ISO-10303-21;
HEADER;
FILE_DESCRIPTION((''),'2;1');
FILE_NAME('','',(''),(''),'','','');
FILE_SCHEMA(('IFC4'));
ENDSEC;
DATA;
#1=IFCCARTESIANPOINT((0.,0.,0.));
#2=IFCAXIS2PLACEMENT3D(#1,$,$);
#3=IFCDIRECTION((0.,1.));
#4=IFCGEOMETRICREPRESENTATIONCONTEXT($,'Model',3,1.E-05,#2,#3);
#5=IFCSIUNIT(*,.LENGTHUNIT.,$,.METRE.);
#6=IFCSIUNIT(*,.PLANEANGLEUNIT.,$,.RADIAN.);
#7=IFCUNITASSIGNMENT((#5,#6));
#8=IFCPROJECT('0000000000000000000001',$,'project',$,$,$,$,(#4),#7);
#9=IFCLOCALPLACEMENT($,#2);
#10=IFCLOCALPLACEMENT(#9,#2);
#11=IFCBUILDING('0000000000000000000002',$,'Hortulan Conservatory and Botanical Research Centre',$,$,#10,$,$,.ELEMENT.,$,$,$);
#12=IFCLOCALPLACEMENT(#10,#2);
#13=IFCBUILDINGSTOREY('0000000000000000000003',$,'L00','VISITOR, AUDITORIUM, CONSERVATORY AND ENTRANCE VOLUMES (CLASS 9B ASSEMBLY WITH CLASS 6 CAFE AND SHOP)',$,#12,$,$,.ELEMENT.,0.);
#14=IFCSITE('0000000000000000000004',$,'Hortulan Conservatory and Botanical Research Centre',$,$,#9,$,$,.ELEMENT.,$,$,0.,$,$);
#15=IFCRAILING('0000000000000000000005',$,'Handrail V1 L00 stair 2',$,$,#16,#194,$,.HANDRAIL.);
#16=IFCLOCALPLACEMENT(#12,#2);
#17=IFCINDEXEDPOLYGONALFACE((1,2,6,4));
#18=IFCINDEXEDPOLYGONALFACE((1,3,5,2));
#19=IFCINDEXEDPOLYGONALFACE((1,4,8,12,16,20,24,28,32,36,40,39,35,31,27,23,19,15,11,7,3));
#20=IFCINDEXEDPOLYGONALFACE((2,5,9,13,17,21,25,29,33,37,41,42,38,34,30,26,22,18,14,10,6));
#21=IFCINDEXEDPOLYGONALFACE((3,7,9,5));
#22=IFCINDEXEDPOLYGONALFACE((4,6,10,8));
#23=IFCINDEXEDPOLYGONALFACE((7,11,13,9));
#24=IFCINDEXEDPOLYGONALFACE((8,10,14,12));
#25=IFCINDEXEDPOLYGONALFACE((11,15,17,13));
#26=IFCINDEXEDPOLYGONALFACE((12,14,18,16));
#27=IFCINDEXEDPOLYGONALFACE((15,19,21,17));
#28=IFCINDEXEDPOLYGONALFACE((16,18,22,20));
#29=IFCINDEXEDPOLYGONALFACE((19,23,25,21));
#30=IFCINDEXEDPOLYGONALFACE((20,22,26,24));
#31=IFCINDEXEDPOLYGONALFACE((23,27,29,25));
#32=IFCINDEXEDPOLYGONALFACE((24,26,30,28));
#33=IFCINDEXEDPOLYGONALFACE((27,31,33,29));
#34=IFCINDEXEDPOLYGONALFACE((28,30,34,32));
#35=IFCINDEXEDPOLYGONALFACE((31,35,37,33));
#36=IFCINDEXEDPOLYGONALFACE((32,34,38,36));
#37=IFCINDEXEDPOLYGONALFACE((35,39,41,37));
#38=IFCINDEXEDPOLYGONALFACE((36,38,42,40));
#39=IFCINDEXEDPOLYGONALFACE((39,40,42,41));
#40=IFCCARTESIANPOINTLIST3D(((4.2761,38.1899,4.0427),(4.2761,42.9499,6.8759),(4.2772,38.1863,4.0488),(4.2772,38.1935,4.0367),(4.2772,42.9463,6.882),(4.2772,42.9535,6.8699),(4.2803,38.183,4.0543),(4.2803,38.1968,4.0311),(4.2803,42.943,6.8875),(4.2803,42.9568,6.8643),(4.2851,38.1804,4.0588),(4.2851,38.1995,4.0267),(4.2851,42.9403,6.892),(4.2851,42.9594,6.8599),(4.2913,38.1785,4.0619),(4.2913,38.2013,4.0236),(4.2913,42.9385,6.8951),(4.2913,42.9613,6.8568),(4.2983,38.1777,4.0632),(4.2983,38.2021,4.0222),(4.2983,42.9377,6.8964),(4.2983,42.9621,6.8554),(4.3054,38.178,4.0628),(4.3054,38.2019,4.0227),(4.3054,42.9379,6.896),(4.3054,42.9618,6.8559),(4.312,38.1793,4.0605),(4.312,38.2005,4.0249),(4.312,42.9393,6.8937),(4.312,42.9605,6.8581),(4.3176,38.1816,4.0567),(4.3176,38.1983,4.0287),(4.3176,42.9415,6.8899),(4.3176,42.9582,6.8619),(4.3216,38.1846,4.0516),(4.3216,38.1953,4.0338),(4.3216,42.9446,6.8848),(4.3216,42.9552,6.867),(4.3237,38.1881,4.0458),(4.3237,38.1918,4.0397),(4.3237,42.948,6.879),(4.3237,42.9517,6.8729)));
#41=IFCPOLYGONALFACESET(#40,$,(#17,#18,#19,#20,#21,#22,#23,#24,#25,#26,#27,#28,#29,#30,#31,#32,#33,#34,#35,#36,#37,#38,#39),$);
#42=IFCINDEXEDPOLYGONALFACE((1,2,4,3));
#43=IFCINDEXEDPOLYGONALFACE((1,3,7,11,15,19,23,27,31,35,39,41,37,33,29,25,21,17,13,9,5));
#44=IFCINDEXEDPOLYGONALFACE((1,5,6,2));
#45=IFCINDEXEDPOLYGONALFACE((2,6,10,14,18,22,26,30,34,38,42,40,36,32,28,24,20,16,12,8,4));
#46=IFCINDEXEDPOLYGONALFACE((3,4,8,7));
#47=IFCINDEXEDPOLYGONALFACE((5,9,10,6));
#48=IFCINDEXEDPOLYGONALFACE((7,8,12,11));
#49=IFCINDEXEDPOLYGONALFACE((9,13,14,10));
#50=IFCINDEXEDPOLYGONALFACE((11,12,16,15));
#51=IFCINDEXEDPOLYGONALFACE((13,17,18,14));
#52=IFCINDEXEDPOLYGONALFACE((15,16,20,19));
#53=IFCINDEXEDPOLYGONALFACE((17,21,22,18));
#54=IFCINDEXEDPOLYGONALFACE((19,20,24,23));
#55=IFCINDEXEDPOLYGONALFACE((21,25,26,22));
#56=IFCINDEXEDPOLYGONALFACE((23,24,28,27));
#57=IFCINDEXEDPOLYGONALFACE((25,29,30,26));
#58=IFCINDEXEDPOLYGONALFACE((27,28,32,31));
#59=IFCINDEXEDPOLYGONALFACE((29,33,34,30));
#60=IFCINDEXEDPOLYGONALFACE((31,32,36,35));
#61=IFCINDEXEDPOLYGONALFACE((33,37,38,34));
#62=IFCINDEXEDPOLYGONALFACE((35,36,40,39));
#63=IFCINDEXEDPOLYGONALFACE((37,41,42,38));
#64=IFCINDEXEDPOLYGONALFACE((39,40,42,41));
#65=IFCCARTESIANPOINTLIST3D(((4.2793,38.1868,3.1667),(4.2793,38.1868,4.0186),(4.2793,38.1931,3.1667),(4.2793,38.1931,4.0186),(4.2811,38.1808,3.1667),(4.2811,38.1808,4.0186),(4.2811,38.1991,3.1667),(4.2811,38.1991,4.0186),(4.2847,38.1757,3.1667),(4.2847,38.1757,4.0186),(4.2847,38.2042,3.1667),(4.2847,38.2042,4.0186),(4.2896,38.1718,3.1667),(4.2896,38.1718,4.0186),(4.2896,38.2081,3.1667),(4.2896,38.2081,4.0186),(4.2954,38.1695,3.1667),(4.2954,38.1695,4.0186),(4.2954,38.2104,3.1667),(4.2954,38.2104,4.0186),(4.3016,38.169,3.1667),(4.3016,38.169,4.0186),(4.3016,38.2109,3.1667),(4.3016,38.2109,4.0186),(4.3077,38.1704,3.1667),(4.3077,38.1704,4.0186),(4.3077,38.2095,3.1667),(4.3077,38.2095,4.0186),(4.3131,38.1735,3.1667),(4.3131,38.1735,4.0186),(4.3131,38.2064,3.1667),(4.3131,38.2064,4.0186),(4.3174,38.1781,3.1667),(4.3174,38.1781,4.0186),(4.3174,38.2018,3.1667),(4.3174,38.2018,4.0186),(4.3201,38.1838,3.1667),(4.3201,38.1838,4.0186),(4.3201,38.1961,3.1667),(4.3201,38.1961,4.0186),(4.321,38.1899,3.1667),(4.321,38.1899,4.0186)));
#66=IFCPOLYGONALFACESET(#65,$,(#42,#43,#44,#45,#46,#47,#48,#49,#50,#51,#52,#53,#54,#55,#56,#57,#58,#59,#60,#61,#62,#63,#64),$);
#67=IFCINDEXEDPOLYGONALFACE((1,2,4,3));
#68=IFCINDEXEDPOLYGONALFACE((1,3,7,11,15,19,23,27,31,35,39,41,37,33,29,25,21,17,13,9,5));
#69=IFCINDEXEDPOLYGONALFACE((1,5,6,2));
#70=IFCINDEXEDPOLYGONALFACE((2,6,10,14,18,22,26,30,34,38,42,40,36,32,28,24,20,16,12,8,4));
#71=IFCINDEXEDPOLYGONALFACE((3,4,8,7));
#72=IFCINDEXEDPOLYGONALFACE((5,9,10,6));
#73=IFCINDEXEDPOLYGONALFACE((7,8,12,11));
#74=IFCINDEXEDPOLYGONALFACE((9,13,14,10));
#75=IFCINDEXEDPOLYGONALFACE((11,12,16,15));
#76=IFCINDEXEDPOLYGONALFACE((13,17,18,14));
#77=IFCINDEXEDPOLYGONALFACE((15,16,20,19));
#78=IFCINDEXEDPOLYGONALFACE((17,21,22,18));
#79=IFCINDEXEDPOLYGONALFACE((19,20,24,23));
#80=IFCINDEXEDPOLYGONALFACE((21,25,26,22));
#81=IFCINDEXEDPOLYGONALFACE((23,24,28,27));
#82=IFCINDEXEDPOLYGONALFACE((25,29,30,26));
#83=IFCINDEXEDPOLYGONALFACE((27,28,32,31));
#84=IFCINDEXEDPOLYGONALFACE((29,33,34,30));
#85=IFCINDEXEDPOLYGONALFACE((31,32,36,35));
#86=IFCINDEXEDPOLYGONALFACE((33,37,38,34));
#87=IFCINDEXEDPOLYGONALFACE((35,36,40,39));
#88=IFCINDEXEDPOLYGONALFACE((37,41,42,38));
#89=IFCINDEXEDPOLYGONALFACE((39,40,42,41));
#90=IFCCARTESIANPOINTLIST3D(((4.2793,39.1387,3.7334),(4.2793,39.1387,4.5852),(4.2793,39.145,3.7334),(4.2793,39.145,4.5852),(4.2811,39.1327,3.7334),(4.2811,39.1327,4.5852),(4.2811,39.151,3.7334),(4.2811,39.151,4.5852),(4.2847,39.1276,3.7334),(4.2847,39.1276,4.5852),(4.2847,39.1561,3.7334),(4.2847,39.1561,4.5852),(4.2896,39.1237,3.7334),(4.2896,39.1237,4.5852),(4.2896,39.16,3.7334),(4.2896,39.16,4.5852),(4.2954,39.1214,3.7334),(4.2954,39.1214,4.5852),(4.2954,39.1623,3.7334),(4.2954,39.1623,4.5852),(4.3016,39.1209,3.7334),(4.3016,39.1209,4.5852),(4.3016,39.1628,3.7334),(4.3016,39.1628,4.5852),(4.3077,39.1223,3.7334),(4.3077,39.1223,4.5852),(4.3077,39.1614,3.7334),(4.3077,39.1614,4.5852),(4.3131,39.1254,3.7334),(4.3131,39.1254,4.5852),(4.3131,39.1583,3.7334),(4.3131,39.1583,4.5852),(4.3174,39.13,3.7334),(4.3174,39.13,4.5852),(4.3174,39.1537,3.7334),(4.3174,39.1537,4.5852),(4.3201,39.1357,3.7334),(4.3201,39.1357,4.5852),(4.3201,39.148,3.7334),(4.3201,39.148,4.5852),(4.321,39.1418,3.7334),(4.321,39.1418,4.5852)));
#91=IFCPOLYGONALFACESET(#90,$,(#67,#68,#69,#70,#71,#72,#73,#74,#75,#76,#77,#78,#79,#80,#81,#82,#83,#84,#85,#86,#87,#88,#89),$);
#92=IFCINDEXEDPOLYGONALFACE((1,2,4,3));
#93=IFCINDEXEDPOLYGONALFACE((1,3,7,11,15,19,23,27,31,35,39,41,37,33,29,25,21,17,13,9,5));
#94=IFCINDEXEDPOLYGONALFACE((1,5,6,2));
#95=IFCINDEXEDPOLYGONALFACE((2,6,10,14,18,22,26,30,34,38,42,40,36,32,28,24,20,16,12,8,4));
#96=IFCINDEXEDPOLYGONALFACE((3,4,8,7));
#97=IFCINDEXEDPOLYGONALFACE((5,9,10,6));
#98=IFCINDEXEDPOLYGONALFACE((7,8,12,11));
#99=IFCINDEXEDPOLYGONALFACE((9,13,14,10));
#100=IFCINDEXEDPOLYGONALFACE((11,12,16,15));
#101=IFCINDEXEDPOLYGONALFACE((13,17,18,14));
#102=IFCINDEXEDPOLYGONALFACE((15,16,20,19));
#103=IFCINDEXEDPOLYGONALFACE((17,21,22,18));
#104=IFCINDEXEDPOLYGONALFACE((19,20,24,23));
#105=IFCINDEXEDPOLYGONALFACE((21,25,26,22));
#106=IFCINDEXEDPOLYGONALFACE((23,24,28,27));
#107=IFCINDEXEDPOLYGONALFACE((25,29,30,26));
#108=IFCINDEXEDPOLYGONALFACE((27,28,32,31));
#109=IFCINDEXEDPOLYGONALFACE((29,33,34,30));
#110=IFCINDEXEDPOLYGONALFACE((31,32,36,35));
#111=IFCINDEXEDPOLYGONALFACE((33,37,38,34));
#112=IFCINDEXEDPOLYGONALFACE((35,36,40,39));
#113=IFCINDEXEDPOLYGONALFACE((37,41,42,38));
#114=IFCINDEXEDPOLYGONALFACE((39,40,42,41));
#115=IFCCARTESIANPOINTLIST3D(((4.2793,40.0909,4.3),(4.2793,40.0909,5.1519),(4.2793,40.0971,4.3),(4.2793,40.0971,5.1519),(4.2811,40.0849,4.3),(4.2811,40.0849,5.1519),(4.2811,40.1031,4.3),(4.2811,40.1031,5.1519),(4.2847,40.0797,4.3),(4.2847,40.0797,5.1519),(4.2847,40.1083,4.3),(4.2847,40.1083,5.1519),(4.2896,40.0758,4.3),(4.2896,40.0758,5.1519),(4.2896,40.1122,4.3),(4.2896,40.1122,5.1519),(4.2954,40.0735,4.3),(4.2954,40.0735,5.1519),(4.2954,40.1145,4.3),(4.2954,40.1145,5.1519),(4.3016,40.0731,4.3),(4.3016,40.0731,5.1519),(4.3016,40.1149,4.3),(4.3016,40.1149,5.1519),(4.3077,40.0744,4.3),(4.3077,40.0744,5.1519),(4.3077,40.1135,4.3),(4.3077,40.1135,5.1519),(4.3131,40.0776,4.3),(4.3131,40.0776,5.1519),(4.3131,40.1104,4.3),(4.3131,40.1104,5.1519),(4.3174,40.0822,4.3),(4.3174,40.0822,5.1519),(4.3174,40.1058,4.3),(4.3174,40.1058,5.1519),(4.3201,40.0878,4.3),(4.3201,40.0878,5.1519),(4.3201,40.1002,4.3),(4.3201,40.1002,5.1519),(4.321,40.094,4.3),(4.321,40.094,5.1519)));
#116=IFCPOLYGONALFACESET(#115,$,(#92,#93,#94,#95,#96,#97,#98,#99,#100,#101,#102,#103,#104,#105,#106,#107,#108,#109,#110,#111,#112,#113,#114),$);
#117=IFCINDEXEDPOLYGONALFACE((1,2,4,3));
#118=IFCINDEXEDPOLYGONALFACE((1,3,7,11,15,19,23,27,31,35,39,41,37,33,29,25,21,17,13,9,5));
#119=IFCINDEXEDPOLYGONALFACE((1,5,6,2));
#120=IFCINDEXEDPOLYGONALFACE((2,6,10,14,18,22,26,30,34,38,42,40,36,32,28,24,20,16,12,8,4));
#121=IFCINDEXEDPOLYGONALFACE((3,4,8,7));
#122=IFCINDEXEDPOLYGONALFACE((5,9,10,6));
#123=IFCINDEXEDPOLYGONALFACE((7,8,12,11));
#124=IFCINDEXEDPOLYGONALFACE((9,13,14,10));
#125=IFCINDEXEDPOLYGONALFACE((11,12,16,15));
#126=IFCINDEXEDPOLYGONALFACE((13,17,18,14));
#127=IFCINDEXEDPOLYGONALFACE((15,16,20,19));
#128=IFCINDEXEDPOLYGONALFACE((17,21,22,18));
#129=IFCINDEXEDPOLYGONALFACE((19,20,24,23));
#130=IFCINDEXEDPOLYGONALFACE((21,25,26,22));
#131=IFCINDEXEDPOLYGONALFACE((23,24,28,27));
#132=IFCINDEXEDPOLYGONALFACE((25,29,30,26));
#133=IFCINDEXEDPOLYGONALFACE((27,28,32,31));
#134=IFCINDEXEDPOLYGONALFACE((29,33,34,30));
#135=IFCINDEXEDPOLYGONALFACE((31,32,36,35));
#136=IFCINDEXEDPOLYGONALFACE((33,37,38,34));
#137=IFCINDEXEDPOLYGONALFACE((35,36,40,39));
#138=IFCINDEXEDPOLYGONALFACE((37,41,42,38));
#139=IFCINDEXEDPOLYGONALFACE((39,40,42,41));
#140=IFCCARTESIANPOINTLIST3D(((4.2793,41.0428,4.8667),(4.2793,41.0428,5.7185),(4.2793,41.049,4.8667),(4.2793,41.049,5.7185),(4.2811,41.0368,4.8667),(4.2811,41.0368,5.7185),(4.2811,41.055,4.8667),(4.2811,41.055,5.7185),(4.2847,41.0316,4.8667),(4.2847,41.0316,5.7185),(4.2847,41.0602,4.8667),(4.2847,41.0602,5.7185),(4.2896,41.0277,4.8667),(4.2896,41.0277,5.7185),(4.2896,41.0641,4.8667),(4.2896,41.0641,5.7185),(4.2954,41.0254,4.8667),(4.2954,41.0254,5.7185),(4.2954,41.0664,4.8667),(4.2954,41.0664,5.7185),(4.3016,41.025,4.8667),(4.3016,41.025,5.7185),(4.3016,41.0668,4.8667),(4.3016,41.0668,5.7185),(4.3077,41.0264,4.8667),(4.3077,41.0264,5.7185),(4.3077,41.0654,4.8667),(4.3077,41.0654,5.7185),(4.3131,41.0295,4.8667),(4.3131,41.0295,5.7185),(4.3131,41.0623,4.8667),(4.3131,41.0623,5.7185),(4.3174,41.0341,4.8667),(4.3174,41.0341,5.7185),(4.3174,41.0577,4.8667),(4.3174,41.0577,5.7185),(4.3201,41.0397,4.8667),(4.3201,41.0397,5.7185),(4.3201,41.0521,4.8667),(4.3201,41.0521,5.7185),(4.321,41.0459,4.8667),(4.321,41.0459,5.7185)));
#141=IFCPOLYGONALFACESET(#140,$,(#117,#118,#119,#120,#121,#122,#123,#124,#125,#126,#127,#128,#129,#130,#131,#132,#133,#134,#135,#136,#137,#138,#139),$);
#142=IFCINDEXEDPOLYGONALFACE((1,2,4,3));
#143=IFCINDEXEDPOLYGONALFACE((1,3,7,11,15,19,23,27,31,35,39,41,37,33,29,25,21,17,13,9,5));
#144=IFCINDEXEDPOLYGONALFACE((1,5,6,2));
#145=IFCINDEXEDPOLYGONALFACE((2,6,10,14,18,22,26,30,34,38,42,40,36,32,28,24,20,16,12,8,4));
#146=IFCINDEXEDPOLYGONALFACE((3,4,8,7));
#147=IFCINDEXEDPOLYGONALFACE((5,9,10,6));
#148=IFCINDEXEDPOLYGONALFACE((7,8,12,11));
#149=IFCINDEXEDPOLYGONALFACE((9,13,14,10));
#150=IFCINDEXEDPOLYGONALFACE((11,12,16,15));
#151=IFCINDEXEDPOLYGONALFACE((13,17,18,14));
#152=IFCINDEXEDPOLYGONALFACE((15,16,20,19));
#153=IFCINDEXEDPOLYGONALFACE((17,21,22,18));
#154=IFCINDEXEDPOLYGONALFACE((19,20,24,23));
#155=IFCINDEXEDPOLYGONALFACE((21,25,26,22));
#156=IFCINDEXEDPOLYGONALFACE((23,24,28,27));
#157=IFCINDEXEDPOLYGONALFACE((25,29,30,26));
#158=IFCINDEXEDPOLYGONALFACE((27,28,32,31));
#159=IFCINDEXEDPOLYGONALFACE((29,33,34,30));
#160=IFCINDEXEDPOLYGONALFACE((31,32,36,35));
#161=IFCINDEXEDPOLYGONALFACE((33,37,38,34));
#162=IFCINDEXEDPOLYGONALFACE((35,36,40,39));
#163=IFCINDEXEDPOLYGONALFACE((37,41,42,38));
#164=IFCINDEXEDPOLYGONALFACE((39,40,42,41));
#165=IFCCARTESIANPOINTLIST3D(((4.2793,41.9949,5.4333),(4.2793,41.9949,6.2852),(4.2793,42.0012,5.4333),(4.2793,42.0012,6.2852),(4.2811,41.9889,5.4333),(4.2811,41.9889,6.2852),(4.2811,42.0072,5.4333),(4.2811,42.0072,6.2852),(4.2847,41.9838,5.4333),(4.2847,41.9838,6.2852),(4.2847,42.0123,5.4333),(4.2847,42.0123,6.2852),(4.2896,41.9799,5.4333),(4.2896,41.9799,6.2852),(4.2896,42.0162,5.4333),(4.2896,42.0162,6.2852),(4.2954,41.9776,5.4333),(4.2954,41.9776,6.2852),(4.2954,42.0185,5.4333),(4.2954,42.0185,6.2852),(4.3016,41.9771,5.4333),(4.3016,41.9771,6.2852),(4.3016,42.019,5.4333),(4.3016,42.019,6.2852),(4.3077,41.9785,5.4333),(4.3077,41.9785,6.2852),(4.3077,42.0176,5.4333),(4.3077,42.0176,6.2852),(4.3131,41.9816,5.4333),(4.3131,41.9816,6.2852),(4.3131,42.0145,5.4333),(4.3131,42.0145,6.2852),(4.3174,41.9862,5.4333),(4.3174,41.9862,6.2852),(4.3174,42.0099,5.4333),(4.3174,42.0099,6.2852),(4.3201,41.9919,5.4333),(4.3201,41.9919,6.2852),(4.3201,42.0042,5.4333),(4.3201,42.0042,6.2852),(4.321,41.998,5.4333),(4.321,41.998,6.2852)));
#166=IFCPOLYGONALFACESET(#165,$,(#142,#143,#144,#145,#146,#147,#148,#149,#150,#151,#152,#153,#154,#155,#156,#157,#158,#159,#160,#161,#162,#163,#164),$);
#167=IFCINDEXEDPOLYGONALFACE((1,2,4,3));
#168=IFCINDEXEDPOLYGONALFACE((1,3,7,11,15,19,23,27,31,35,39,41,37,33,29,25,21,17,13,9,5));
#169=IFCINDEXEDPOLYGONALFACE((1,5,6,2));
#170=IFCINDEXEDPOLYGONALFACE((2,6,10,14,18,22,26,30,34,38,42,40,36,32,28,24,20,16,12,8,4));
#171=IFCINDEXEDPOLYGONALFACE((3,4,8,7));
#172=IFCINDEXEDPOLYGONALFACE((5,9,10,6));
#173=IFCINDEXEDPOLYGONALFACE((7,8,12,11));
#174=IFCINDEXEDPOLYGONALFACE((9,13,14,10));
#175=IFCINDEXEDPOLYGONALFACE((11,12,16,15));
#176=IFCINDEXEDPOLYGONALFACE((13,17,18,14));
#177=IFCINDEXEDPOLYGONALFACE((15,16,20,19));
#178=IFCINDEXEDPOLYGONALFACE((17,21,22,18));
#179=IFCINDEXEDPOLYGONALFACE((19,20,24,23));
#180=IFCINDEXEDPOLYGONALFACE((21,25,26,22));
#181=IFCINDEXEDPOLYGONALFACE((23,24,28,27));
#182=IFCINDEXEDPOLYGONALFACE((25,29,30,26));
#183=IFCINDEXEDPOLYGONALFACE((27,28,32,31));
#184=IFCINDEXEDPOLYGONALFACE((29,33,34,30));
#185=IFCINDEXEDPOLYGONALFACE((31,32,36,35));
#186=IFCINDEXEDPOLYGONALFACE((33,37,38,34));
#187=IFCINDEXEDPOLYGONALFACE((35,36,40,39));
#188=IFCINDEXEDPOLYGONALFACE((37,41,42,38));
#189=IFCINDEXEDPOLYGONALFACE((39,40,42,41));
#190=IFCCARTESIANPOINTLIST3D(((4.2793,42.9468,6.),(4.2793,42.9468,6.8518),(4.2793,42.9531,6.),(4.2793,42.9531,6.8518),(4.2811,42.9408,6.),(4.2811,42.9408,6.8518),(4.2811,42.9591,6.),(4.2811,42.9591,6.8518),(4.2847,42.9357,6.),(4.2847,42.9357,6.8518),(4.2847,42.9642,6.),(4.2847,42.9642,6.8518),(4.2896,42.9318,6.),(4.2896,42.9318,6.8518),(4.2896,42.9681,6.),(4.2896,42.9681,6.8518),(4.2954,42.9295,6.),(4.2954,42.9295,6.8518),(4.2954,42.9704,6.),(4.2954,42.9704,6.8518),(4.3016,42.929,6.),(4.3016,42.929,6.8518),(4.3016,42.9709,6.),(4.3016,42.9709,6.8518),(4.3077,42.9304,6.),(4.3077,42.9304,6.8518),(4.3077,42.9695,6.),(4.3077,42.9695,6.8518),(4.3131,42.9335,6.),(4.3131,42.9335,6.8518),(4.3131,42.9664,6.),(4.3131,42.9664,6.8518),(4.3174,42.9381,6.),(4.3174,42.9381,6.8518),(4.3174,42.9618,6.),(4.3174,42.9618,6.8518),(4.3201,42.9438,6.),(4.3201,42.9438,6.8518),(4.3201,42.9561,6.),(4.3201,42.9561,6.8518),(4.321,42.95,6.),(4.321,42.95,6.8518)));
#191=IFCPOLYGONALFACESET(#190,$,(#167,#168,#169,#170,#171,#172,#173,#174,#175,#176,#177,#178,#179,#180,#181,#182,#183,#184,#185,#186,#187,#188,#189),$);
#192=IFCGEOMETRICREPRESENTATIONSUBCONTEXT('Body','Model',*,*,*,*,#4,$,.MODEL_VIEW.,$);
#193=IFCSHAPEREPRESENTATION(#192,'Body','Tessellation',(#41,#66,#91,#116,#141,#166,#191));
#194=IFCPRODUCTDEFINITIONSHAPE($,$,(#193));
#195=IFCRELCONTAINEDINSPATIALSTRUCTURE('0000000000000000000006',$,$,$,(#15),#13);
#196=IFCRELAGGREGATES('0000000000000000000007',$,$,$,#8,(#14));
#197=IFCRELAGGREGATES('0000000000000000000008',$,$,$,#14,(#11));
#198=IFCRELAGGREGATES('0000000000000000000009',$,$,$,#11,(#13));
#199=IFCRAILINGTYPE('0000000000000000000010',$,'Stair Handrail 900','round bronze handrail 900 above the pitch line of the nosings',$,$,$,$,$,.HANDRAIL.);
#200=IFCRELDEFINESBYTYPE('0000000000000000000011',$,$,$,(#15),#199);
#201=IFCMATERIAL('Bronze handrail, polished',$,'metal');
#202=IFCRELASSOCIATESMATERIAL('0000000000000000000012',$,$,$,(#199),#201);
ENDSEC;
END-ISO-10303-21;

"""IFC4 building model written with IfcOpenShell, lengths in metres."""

from ifc_helpers import new_model, si_unit, direction, frame, origin, origin_2d, place, context, subcontext, project, spatial, circle, extrude, material, type_object, element, save


model = new_model("IFC4")

# Units and contexts
model_context = context("Model", 3, precision=1e-05, world=origin(), true_north=direction((0.0, 1.0)))
body_context = subcontext(model_context, "Body", "Model", "MODEL_VIEW")
ifc_project = project(units=[si_unit("LENGTHUNIT", "METRE"), si_unit("PLANEANGLEUNIT", "RADIAN")], contexts=[model_context])

# Site, building, storey
site_placement = place(None, origin())
site = spatial("IfcSite", under=ifc_project, at=site_placement, Name="Hortulan Conservatory and Botanical Research Centre", CompositionType="ELEMENT", RefElevation=0.0)
building_placement = place(site_placement, origin())
building = spatial("IfcBuilding", under=site, at=building_placement, Name="Hortulan Conservatory and Botanical Research Centre", CompositionType="ELEMENT")
storey_placement = place(building_placement, origin())
storey = spatial("IfcBuildingStorey", under=building, at=storey_placement, Name="L00", Description="VISITOR, AUDITORIUM, CONSERVATORY AND ENTRANCE VOLUMES (CLASS 9B ASSEMBLY WITH CLASS 6 CAFE AND SHOP)", CompositionType="ELEMENT", Elevation=0.0)

# Railing
ifc_material_1 = material(Name="Bronze handrail, polished", Category="metal")
railing_type_1 = type_object("IfcRailingType", Name="Stair Handrail 900", Description="round bronze handrail 900 above the pitch line of the nosings", PredefinedType="HANDRAIL", material=ifc_material_1)
railing_1_placement = place(storey_placement, frame((4.3, 38.1899, 3.1667)))
element("IfcRailing", 1, at=railing_1_placement, inside=storey, type_object=railing_type_1, Name="Handrail V1 L00 stair 2", PredefinedType="HANDRAIL", context=body_context, shape_type="SweptSolid", body=[
    extrude(circle(Radius=0.0239, at=origin_2d()), frame((0.0, 0.0, 0.876), z_axis=(0.0, 0.8593, 0.511472), x_axis=(-1.0, 0.0, 0.0)), (0.0, 0.0, 1.0), 5.5393),
    extrude(circle(Radius=0.021, at=origin_2d()), origin(), (0.0, 0.0, 1.0), 0.8518),
    extrude(circle(Radius=0.021, at=origin_2d()), frame((0.0, 0.9519, 0.5667)), (0.0, 0.0, 1.0), 0.8518),
    extrude(circle(Radius=0.021, at=origin_2d()), frame((0.0, 1.9041, 1.1333)), (0.0, 0.0, 1.0), 0.8518),
    extrude(circle(Radius=0.021, at=origin_2d()), frame((0.0, 2.856, 1.7)), (0.0, 0.0, 1.0), 0.8518),
    extrude(circle(Radius=0.021, at=origin_2d()), frame((0.0, 3.8081, 2.2666)), (0.0, 0.0, 1.0), 0.8518),
    extrude(circle(Radius=0.021, at=origin_2d()), frame((0.0, 4.76, 2.8333)), (0.0, 0.0, 1.0), 0.8518),
])

save(model, "model.ifc")
